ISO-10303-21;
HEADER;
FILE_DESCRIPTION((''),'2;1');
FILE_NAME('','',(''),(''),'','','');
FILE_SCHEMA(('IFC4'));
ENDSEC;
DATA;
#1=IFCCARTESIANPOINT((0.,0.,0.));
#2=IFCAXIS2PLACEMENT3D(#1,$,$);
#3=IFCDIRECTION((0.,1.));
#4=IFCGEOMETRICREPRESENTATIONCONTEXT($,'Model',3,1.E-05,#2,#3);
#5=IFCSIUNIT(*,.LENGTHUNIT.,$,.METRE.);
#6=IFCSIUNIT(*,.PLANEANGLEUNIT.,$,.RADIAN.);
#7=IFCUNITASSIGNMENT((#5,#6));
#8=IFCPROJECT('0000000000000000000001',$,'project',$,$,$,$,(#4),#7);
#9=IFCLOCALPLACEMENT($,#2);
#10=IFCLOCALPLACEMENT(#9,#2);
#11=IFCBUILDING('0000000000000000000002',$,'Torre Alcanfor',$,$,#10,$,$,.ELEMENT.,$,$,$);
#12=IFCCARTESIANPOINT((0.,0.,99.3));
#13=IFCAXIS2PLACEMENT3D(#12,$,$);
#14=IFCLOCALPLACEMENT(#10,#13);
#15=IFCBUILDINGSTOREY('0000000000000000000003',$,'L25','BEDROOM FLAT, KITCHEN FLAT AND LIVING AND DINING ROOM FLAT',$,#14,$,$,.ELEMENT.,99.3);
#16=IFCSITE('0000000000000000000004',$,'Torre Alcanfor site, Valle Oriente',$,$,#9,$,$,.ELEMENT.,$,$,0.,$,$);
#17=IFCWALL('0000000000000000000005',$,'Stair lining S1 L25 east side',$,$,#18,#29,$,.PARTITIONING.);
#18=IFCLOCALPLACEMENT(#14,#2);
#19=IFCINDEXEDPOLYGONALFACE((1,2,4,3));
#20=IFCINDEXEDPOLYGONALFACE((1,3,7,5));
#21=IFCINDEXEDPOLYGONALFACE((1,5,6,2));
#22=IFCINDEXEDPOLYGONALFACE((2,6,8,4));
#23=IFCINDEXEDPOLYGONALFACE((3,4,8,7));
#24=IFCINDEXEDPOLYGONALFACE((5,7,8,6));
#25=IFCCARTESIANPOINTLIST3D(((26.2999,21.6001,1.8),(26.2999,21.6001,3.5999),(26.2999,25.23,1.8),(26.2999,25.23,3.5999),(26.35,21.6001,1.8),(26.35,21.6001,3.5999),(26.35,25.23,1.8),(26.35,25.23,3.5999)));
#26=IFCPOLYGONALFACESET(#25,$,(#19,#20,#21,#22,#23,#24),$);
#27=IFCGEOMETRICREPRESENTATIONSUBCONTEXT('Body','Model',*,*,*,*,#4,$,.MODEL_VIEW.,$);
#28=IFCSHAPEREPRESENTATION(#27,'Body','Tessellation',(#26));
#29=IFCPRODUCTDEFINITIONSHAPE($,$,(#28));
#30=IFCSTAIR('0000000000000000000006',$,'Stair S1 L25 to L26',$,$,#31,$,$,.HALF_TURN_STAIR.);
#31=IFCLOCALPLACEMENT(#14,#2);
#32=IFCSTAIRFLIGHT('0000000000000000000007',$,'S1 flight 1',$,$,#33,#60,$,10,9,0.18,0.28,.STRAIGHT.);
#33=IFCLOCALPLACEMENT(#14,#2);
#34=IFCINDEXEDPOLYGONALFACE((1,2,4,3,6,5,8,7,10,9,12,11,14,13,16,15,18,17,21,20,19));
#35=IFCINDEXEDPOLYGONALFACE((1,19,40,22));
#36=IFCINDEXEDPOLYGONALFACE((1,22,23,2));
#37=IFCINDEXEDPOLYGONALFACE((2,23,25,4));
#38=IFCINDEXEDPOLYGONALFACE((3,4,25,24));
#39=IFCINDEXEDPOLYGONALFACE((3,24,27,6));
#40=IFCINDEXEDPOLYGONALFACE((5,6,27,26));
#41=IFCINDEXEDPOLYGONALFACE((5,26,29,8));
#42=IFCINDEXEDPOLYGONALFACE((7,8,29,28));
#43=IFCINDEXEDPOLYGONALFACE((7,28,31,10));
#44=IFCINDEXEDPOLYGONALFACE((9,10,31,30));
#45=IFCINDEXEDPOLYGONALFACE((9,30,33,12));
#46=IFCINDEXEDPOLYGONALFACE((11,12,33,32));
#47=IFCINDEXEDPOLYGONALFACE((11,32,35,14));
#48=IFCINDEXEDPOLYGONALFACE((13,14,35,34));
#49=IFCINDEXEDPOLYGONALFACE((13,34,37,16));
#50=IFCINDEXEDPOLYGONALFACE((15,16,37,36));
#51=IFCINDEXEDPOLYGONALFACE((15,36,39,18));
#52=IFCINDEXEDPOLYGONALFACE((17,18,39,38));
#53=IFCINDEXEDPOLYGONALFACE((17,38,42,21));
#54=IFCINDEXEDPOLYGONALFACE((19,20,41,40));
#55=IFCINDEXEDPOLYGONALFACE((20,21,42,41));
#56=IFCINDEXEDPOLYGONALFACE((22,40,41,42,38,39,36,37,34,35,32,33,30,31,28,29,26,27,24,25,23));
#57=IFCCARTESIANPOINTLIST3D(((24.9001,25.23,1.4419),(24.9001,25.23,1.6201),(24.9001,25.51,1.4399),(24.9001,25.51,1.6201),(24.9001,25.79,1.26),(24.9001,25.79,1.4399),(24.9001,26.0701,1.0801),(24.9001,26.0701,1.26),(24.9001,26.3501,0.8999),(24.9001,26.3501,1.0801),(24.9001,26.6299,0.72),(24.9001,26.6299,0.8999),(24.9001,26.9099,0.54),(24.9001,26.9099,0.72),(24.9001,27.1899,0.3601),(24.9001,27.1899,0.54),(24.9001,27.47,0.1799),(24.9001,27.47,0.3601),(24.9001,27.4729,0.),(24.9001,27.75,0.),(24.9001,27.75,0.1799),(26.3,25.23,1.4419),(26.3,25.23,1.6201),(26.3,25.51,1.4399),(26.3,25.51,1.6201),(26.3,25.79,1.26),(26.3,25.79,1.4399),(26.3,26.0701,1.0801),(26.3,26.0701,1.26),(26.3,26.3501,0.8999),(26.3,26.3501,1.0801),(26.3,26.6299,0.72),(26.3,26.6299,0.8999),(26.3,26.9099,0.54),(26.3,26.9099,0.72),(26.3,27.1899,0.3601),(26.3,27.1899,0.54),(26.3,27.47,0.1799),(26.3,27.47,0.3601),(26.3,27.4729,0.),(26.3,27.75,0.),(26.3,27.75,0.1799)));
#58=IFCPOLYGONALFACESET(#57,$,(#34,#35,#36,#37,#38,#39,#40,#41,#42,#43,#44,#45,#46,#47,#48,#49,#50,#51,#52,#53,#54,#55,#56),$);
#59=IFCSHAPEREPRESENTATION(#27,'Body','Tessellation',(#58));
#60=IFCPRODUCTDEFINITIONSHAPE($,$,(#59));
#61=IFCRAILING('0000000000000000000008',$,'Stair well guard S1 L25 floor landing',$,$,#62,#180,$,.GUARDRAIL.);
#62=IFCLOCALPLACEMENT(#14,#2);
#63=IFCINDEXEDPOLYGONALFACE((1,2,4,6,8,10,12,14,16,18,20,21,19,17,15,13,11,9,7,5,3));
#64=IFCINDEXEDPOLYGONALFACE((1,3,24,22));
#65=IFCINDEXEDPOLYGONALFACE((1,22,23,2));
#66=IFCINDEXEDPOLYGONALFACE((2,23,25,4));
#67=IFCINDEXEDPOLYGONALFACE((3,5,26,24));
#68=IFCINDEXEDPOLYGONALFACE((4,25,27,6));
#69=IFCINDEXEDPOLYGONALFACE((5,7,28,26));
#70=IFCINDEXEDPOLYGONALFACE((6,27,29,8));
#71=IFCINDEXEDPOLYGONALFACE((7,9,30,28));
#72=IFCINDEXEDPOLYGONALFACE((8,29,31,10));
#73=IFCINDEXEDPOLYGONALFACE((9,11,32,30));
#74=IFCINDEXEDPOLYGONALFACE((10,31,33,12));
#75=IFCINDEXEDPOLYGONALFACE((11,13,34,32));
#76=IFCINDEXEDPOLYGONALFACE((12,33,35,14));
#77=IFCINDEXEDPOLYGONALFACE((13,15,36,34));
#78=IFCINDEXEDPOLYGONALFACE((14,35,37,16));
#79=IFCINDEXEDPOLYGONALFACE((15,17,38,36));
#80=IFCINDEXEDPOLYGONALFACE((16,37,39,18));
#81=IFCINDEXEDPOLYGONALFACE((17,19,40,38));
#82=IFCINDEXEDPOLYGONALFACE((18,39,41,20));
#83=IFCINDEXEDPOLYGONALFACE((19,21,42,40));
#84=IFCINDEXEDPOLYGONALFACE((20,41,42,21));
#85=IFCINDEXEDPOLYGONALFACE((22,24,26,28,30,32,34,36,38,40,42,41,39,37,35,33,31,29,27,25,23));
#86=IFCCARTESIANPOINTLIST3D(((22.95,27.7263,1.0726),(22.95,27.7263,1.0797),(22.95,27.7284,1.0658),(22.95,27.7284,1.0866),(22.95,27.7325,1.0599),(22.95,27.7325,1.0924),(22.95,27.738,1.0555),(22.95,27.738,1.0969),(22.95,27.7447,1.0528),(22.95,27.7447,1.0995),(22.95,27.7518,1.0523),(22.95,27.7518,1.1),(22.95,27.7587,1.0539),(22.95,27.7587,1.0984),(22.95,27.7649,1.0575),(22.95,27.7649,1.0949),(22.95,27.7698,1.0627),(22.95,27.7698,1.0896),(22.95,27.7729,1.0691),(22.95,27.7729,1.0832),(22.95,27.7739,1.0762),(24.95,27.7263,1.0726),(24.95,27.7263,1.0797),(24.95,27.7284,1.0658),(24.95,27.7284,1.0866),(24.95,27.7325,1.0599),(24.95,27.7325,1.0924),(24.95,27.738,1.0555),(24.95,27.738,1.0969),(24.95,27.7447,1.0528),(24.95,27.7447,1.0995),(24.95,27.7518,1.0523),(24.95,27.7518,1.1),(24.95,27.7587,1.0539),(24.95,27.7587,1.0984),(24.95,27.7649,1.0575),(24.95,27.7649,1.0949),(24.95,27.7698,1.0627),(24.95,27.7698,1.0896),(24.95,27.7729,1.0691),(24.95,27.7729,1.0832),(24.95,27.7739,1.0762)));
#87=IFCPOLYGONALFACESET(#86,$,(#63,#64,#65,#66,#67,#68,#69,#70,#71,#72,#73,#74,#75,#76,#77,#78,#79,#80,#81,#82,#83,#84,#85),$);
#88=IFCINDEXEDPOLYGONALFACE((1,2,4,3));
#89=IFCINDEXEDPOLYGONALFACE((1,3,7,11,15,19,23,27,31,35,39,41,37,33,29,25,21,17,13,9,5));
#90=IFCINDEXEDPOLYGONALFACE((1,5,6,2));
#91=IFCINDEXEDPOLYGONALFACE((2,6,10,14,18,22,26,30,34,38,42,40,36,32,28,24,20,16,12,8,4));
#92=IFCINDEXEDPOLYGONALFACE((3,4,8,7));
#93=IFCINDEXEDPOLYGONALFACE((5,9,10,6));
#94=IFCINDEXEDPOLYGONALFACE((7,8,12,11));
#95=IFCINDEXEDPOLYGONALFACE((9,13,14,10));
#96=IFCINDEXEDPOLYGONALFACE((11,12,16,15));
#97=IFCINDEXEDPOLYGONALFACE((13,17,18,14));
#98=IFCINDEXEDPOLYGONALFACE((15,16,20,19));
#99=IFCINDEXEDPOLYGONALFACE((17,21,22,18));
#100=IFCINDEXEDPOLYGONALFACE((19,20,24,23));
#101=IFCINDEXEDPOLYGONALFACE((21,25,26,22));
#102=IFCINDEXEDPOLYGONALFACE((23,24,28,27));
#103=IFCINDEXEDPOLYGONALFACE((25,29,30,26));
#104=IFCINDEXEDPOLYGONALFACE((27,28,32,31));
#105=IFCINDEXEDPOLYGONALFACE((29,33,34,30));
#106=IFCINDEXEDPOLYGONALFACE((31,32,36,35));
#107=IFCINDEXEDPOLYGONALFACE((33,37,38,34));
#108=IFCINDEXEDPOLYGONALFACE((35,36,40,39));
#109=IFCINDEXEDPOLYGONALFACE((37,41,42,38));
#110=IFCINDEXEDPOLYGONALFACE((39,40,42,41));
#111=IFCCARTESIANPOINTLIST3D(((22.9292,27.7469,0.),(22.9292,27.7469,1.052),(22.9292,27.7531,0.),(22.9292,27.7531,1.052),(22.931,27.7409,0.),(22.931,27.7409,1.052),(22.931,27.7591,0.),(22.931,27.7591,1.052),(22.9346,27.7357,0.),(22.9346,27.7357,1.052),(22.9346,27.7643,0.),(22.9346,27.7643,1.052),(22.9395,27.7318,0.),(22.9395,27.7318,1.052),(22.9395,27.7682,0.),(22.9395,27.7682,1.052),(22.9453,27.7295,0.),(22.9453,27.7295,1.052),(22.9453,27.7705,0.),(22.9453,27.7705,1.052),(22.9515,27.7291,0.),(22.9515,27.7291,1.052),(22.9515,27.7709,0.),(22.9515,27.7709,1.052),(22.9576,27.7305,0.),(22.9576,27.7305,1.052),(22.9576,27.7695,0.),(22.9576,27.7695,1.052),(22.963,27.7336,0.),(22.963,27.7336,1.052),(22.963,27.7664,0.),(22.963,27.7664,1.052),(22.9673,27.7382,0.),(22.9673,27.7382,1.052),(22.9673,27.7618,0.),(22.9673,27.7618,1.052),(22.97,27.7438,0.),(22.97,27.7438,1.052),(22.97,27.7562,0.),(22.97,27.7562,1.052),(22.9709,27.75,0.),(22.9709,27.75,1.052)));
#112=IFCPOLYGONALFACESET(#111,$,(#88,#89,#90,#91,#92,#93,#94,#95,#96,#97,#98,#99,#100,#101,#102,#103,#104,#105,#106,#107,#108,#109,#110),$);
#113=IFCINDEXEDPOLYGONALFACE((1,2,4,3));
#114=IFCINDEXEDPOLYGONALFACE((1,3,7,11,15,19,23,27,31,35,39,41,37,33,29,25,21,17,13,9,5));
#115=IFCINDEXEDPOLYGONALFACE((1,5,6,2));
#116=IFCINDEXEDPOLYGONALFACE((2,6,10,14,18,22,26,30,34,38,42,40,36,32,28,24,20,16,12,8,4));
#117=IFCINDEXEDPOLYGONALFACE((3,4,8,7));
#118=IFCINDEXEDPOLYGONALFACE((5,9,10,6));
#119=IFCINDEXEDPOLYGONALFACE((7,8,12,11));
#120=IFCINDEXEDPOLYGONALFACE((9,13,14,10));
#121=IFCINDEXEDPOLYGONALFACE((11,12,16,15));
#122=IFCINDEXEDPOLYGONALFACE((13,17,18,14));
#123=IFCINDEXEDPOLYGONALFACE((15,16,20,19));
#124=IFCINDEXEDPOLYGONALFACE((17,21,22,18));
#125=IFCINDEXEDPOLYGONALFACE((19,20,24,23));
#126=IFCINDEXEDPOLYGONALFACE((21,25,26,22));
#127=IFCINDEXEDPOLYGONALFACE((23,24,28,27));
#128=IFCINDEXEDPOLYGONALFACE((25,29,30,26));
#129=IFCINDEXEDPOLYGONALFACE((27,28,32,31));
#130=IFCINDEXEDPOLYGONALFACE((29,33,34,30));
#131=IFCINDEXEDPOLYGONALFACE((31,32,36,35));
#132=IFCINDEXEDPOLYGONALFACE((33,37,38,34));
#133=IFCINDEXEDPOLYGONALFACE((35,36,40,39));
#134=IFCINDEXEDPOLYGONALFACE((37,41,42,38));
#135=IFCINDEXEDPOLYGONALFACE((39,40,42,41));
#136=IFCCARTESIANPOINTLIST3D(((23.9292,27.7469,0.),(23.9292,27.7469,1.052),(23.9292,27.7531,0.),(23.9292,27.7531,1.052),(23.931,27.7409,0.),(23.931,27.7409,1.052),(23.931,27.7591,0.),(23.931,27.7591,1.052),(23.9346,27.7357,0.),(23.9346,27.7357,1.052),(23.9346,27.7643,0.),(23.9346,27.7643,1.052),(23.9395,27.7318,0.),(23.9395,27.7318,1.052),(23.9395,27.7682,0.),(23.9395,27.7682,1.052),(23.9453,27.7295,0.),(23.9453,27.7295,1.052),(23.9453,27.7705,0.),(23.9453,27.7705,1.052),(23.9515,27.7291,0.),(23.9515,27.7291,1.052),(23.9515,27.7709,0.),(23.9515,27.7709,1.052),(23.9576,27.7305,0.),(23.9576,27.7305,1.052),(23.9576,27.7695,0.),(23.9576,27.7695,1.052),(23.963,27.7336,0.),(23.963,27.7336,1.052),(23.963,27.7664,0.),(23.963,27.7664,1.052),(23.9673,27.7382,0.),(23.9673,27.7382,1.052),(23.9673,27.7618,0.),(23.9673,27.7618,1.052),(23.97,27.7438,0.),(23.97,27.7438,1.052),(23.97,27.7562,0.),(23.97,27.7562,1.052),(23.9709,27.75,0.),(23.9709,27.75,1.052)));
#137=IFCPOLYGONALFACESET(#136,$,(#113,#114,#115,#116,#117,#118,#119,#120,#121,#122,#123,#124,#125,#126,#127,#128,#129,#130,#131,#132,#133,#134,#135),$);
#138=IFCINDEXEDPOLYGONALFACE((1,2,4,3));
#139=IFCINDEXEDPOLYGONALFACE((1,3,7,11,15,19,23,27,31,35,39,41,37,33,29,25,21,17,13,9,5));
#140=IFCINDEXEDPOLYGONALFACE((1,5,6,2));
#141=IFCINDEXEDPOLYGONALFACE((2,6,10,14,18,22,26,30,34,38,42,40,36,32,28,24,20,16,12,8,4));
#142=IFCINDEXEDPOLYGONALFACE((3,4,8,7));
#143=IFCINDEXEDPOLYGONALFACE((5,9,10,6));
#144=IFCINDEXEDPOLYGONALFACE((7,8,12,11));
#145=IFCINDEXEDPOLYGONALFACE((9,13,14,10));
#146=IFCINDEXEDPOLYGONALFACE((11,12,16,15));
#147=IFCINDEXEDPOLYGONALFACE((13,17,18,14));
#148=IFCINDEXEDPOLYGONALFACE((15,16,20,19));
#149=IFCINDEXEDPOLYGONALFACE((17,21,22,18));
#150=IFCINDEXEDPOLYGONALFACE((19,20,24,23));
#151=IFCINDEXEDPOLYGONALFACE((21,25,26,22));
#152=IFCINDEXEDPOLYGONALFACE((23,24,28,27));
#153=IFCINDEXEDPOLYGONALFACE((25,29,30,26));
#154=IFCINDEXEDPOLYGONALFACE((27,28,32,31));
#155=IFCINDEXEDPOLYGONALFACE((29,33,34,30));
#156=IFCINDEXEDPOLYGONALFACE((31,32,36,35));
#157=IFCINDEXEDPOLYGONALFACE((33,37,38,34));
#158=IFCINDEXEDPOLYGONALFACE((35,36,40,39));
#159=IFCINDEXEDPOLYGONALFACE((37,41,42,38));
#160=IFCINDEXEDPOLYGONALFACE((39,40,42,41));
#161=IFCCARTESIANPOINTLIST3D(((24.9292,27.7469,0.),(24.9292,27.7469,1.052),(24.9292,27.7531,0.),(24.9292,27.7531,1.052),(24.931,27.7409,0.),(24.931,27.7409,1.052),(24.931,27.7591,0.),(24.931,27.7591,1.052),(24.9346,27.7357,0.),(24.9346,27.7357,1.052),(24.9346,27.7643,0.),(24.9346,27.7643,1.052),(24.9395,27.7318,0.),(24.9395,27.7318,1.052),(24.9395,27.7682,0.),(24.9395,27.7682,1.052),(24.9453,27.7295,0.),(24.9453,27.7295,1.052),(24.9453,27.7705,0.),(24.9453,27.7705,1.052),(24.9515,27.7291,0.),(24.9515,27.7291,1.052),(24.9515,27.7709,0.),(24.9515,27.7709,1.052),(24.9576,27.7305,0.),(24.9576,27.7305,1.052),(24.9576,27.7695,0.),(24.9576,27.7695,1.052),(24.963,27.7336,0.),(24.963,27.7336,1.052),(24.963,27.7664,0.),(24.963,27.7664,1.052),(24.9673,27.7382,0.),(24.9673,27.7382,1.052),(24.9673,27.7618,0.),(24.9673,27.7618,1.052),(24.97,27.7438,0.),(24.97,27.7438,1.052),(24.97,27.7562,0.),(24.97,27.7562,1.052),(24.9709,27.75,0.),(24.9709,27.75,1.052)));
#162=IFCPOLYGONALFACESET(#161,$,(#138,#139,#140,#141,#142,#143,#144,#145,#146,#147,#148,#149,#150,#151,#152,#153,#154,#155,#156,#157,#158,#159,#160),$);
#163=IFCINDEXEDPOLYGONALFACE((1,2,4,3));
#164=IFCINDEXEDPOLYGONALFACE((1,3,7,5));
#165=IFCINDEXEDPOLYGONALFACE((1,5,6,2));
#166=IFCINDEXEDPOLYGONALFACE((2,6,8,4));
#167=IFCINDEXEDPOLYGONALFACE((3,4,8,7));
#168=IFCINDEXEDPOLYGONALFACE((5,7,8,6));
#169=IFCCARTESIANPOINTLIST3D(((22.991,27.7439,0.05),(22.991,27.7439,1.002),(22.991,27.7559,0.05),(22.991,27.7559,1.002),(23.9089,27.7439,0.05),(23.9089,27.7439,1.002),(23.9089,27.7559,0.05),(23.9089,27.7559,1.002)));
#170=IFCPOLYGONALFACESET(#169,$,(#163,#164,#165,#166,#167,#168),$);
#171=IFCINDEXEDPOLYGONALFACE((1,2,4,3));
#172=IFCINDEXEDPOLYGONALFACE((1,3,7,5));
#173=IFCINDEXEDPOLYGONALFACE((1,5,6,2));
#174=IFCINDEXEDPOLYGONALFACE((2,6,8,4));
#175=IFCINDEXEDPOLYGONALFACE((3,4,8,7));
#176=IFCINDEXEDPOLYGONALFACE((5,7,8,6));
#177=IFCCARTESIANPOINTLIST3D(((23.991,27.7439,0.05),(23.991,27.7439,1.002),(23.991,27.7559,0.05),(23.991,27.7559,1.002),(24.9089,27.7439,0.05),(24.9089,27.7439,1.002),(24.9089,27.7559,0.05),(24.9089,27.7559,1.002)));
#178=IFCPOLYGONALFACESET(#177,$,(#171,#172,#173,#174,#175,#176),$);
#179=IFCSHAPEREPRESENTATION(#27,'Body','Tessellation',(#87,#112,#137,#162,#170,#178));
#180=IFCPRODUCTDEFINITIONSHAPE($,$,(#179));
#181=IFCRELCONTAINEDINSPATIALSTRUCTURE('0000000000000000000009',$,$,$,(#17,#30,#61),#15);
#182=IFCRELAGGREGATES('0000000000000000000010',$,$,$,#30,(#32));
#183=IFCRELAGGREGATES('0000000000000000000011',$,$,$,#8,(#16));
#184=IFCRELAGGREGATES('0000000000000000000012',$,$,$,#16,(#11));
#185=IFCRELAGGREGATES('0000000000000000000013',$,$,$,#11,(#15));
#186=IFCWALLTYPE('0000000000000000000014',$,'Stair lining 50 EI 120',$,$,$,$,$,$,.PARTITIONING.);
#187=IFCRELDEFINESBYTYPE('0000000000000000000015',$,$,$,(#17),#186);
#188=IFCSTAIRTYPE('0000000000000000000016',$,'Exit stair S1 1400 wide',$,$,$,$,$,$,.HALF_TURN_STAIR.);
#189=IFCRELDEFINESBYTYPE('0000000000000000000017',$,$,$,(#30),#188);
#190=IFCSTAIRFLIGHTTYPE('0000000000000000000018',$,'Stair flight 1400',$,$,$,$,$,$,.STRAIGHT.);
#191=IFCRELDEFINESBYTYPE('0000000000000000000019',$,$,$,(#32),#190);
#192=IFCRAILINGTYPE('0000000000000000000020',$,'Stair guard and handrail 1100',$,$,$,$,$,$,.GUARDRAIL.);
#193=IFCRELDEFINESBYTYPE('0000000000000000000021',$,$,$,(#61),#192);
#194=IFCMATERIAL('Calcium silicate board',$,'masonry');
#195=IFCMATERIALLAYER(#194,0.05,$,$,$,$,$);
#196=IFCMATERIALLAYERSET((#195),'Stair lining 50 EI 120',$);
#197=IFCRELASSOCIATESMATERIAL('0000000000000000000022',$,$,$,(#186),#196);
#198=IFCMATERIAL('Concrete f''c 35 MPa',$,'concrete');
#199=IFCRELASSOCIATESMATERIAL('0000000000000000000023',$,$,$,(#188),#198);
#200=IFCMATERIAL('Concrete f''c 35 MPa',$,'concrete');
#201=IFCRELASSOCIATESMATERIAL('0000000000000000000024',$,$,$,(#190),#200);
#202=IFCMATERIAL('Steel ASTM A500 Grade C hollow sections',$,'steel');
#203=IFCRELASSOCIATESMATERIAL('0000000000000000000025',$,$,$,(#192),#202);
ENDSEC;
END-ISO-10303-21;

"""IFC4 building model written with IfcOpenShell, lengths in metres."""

from ifc_helpers import new_model, si_unit, direction, frame, frame_2d, origin, origin_2d, place, context, subcontext, project, spatial, polyline, rectangle, circle, outline, extrude, material, layer, layer_set, type_object, element, aggregate, save


model = new_model("IFC4")

# Units and contexts
model_context = context("Model", 3, precision=1e-05, world=origin(), true_north=direction((0.0, 1.0)))
body_context = subcontext(model_context, "Body", "Model", "MODEL_VIEW")
ifc_project = project(units=[si_unit("LENGTHUNIT", "METRE"), si_unit("PLANEANGLEUNIT", "RADIAN")], contexts=[model_context])

# Site, building, storey
site_placement = place(None, origin())
site = spatial("IfcSite", under=ifc_project, at=site_placement, Name="Torre Alcanfor site, Valle Oriente", CompositionType="ELEMENT", RefElevation=0.0)
building_placement = place(site_placement, origin())
building = spatial("IfcBuilding", under=site, at=building_placement, Name="Torre Alcanfor", CompositionType="ELEMENT")
storey_placement = place(building_placement, frame((0.0, 0.0, 99.3)))
storey = spatial("IfcBuildingStorey", under=building, at=storey_placement, Name="L25", Description="BEDROOM FLAT, KITCHEN FLAT AND LIVING AND DINING ROOM FLAT", CompositionType="ELEMENT", Elevation=99.3)

# Wall
ifc_material_1 = material(Name="Calcium silicate board", Category="masonry")
ifc_layer_1 = layer(ifc_material_1, 0.05)
ifc_layer_set_1 = layer_set([ifc_layer_1], Name="Stair lining 50 EI 120")
wall_type_1 = type_object("IfcWallType", Name="Stair lining 50 EI 120", PredefinedType="PARTITIONING", material=ifc_layer_set_1)
wall_1_placement = place(storey_placement, frame((26.325, 25.23, 1.8), z_axis=(0.0, 0.0, 1.0), x_axis=(0.0, -1.0, 0.0)))
element("IfcWall", 1, at=wall_1_placement, inside=storey, type_object=wall_type_1, Name="Stair lining S1 L25 east side", PredefinedType="PARTITIONING", context=body_context, shape_type="SweptSolid", body=[
    extrude(rectangle(XDim=3.6299, YDim=0.05, at=frame_2d((1.8149, 0.0))), origin(), (0.0, 0.0, 1.0), 1.7998),
])

# Stair, stair flight
ifc_material_2 = material(Name="Concrete f'c 35 MPa", Category="concrete")
stair_type = type_object("IfcStairType", Name="Exit stair S1 1400 wide", PredefinedType="HALF_TURN_STAIR", material=ifc_material_2)
stair_placement = place(storey_placement, origin())
stair = element("IfcStair", 2, at=stair_placement, inside=storey, type_object=stair_type, Name="Stair S1 L25 to L26", PredefinedType="HALF_TURN_STAIR")
ifc_material_3 = material(Name="Concrete f'c 35 MPa", Category="concrete")
stair_flight_type = type_object("IfcStairFlightType", Name="Stair flight 1400", PredefinedType="STRAIGHT", material=ifc_material_3)
stair_flight_placement = place(storey_placement, frame((25.6001, 27.75, 0.0), z_axis=(0.0, 0.0, 1.0), x_axis=(0.0, -1.0, 0.0)))
stair_flight = element("IfcStairFlight", 3, at=stair_flight_placement, type_object=stair_flight_type, Name="S1 flight 1", NumberOfRisers=10, NumberOfTreads=9, PredefinedType="STRAIGHT", RiserHeight=0.18, TreadLength=0.28, context=body_context, shape_type="SweptSolid", body=[
    extrude(outline(polyline([(0.0, 0.0), (0.0, 0.1799), (0.28, 0.1799), (0.28, 0.3601), (0.5601, 0.3601), (0.5601, 0.54), (0.8401, 0.54), (0.8401, 0.72), (1.1201, 0.72), (1.1201, 0.8999), (1.3999, 0.8999), (1.3999, 1.0801), (1.6799, 1.0801), (1.6799, 1.26), (1.96, 1.26), (1.96, 1.4399), (2.24, 1.4399), (2.24, 1.6201), (2.52, 1.6201), (2.52, 1.8), (2.52, 1.4419), (0.2771, 0.0), (0.0, 0.0)])), frame((0.0, 0.7, 0.0), z_axis=(0.0, -1.0, 0.0), x_axis=(1.0, 0.0, 0.0)), (0.0, 0.0, 1.0), 1.3999),
])
aggregate(stair, [stair_flight])

# Railing
ifc_material_4 = material(Name="Steel ASTM A500 Grade C hollow sections", Category="steel")
railing_type_1 = type_object("IfcRailingType", Name="Stair guard and handrail 1100", PredefinedType="GUARDRAIL", material=ifc_material_4)
railing_1_placement = place(storey_placement, frame((22.95, 27.75, 0.0)))
element("IfcRailing", 4, at=railing_1_placement, inside=storey, type_object=railing_type_1, Name="Stair well guard S1 L25 floor landing", PredefinedType="GUARDRAIL", context=body_context, shape_type="SweptSolid", body=[
    extrude(circle(Radius=0.0239, at=origin_2d()), frame((0.0, 0.0, 1.0762), z_axis=(1.0, 0.0, 0.0), x_axis=(0.0, 1.0, 0.0)), (0.0, 0.0, 1.0), 2.0),
    extrude(circle(Radius=0.021, at=origin_2d()), origin(), (0.0, 0.0, 1.0), 1.052),
    extrude(circle(Radius=0.021, at=origin_2d()), frame((1.0, 0.0, 0.0)), (0.0, 0.0, 1.0), 1.052),
    extrude(circle(Radius=0.021, at=origin_2d()), frame((2.0, 0.0, 0.0)), (0.0, 0.0, 1.0), 1.052),
    extrude(outline(polyline([(0.041, 0.05), (0.959, 0.05), (0.959, 1.002), (0.041, 1.002), (0.041, 0.05)])), frame((0.0, 0.0059, 0.0), z_axis=(0.0, -1.0, 0.0), x_axis=(1.0, 0.0, 0.0)), (0.0, 0.0, 1.0), 0.012),
    extrude(outline(polyline([(1.041, 0.05), (1.959, 0.05), (1.959, 1.002), (1.041, 1.002), (1.041, 0.05)])), frame((0.0, 0.0059, 0.0), z_axis=(0.0, -1.0, 0.0), x_axis=(1.0, 0.0, 0.0)), (0.0, 0.0, 1.0), 0.012),
])

save(model, "model.ifc")
